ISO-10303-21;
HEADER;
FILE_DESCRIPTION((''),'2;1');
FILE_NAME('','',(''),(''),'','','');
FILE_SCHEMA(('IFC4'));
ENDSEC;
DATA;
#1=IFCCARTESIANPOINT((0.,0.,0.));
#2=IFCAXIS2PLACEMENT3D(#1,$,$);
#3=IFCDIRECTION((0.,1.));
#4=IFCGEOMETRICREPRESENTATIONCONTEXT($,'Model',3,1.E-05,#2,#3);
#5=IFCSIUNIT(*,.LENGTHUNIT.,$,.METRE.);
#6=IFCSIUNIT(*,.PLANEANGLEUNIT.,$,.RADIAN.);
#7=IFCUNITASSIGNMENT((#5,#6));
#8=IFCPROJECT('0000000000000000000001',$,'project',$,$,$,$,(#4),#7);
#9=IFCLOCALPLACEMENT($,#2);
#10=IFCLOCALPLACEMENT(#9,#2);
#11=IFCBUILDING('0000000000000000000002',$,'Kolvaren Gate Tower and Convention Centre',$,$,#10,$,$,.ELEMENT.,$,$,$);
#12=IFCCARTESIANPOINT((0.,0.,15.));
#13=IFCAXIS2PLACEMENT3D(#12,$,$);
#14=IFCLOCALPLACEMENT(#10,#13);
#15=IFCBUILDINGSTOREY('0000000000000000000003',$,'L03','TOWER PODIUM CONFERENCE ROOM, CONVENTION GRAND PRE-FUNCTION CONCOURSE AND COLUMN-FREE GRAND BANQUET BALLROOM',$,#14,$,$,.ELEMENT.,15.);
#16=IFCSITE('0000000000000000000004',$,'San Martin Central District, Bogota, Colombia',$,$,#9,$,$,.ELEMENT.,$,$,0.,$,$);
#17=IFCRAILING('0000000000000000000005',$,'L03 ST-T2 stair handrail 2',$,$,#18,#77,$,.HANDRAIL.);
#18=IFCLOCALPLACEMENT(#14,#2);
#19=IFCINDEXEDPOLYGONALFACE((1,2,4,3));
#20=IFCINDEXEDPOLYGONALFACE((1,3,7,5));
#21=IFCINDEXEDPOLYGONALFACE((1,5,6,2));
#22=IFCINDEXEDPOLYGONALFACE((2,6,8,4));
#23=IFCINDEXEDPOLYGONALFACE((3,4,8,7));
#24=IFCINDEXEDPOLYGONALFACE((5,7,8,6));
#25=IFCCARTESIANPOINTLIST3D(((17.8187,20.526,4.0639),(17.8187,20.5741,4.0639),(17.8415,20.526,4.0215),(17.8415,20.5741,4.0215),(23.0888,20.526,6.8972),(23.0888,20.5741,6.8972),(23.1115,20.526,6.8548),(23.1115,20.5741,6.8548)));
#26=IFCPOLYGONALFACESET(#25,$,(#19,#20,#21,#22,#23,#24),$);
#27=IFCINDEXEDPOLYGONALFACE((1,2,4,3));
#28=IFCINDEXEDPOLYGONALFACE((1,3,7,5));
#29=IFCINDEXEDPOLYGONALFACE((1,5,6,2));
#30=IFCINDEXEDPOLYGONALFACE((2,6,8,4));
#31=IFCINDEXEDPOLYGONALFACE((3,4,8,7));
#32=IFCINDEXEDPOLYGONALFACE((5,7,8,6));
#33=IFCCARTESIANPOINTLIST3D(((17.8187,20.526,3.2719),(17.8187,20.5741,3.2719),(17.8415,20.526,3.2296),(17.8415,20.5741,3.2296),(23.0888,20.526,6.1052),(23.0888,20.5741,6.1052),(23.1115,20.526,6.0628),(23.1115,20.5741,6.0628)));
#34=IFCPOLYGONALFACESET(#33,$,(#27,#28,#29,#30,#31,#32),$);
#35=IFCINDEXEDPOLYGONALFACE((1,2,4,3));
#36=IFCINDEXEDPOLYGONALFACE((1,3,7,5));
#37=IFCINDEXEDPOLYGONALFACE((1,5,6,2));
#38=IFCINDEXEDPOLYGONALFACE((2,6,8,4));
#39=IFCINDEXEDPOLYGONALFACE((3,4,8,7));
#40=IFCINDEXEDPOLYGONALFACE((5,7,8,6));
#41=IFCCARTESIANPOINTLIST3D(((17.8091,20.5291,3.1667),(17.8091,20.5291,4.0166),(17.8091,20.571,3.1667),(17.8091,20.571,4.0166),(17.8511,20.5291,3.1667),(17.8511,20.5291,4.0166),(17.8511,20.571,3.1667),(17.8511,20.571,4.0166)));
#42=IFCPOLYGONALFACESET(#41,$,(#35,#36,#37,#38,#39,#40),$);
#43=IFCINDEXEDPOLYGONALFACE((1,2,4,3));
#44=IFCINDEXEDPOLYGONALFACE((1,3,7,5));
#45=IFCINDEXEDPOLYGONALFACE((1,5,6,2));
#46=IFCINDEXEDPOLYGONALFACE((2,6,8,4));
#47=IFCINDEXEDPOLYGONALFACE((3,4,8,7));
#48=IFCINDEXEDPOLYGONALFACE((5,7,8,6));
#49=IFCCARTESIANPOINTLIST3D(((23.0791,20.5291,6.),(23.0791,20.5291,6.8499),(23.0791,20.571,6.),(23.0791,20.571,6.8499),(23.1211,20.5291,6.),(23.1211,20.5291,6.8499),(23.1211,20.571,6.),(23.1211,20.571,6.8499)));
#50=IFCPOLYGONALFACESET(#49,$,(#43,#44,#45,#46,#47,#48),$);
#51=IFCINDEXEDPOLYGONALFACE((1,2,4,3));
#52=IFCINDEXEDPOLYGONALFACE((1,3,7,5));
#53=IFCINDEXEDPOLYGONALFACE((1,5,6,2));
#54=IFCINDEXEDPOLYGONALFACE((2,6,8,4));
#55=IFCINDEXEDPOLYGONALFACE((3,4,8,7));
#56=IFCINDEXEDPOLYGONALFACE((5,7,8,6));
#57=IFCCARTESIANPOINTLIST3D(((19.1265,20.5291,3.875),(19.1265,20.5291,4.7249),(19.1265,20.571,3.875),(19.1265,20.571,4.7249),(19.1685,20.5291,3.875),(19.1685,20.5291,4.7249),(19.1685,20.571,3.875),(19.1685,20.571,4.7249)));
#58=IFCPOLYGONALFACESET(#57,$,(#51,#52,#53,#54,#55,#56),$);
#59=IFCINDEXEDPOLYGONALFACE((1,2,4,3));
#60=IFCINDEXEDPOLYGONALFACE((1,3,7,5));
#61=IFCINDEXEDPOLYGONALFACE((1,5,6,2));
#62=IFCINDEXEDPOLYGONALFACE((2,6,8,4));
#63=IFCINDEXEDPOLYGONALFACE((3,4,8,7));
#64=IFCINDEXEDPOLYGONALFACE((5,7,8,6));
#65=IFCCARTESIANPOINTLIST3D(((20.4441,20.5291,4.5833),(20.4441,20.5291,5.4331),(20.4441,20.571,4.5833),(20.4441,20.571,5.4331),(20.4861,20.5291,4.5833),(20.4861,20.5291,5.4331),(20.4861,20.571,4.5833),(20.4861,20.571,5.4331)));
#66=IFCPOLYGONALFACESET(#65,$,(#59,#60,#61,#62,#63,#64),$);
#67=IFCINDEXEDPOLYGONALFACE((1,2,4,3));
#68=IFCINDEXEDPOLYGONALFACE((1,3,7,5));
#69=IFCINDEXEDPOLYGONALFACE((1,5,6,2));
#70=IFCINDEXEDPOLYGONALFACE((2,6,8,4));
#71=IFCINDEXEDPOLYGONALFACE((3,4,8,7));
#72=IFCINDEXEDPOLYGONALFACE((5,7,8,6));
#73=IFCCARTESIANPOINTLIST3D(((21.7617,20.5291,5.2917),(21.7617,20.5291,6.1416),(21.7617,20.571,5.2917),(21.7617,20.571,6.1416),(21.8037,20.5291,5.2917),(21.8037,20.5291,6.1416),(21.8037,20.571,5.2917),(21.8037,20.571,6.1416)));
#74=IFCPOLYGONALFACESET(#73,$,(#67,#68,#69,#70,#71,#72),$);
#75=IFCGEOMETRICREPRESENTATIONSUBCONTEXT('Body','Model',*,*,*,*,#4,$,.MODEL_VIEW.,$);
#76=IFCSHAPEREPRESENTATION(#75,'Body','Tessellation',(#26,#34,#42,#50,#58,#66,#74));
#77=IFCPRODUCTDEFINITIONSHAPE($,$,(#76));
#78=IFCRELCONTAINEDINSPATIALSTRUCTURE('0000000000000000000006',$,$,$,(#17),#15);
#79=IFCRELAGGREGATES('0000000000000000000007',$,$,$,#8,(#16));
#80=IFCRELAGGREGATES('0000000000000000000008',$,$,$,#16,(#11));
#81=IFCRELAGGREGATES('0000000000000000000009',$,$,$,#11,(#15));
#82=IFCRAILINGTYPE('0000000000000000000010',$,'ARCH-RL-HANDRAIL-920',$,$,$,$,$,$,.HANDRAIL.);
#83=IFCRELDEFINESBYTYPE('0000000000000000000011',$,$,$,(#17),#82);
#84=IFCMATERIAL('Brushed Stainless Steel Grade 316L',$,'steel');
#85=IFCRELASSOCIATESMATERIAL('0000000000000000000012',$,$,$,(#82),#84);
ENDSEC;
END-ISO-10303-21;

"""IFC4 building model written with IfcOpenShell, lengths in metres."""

from ifc_helpers import new_model, si_unit, direction, frame, origin, origin_2d, place, context, subcontext, project, spatial, rectangle, extrude, material, type_object, element, save


model = new_model("IFC4")

# Units and contexts
model_context = context("Model", 3, precision=1e-05, world=origin(), true_north=direction((0.0, 1.0)))
body_context = subcontext(model_context, "Body", "Model", "MODEL_VIEW")
ifc_project = project(units=[si_unit("LENGTHUNIT", "METRE"), si_unit("PLANEANGLEUNIT", "RADIAN")], contexts=[model_context])

# Site, building, storey
site_placement = place(None, origin())
site = spatial("IfcSite", under=ifc_project, at=site_placement, Name="San Martin Central District, Bogota, Colombia", CompositionType="ELEMENT", RefElevation=0.0)
building_placement = place(site_placement, origin())
building = spatial("IfcBuilding", under=site, at=building_placement, Name="Kolvaren Gate Tower and Convention Centre", CompositionType="ELEMENT")
storey_placement = place(building_placement, frame((0.0, 0.0, 15.0)))
storey = spatial("IfcBuildingStorey", under=building, at=storey_placement, Name="L03", Description="TOWER PODIUM CONFERENCE ROOM, CONVENTION GRAND PRE-FUNCTION CONCOURSE AND COLUMN-FREE GRAND BANQUET BALLROOM", CompositionType="ELEMENT", Elevation=15.0)

# Railing
ifc_material_1 = material(Name="Brushed Stainless Steel Grade 316L", Category="steel")
railing_type_1 = type_object("IfcRailingType", Name="ARCH-RL-HANDRAIL-920", PredefinedType="HANDRAIL", material=ifc_material_1)
railing_1_placement = place(storey_placement, frame((17.8301, 20.55, 3.1667)))
element("IfcRailing", 1, at=railing_1_placement, inside=storey, type_object=railing_type_1, Name="L03 ST-T2 stair handrail 2", PredefinedType="HANDRAIL", context=body_context, shape_type="SweptSolid", body=[
    extrude(rectangle(XDim=0.0481, YDim=0.0481, at=origin_2d()), frame((0.0, 0.0, 0.876), z_axis=(0.880781, 0.0, 0.473523), x_axis=(0.0, 1.0, 0.0)), (0.0, 0.0, 1.0), 5.9834),
    extrude(rectangle(XDim=0.0481, YDim=0.0481, at=origin_2d()), frame((0.0, 0.0, 0.084), z_axis=(0.880781, 0.0, 0.473523), x_axis=(0.0, 1.0, 0.0)), (0.0, 0.0, 1.0), 5.9834),
    extrude(rectangle(XDim=0.042, YDim=0.042, at=origin_2d()), origin(), (0.0, 0.0, 1.0), 0.8499),
    extrude(rectangle(XDim=0.042, YDim=0.042, at=origin_2d()), frame((5.27, 0.0, 2.8333)), (0.0, 0.0, 1.0), 0.8499),
    extrude(rectangle(XDim=0.042, YDim=0.042, at=origin_2d()), frame((1.3174, 0.0, 0.7083)), (0.0, 0.0, 1.0), 0.8499),
    extrude(rectangle(XDim=0.042, YDim=0.042, at=origin_2d()), frame((2.635, 0.0, 1.4165)), (0.0, 0.0, 1.0), 0.8499),
    extrude(rectangle(XDim=0.042, YDim=0.042, at=origin_2d()), frame((3.9526, 0.0, 2.125)), (0.0, 0.0, 1.0), 0.8499),
])

save(model, "model.ifc")
